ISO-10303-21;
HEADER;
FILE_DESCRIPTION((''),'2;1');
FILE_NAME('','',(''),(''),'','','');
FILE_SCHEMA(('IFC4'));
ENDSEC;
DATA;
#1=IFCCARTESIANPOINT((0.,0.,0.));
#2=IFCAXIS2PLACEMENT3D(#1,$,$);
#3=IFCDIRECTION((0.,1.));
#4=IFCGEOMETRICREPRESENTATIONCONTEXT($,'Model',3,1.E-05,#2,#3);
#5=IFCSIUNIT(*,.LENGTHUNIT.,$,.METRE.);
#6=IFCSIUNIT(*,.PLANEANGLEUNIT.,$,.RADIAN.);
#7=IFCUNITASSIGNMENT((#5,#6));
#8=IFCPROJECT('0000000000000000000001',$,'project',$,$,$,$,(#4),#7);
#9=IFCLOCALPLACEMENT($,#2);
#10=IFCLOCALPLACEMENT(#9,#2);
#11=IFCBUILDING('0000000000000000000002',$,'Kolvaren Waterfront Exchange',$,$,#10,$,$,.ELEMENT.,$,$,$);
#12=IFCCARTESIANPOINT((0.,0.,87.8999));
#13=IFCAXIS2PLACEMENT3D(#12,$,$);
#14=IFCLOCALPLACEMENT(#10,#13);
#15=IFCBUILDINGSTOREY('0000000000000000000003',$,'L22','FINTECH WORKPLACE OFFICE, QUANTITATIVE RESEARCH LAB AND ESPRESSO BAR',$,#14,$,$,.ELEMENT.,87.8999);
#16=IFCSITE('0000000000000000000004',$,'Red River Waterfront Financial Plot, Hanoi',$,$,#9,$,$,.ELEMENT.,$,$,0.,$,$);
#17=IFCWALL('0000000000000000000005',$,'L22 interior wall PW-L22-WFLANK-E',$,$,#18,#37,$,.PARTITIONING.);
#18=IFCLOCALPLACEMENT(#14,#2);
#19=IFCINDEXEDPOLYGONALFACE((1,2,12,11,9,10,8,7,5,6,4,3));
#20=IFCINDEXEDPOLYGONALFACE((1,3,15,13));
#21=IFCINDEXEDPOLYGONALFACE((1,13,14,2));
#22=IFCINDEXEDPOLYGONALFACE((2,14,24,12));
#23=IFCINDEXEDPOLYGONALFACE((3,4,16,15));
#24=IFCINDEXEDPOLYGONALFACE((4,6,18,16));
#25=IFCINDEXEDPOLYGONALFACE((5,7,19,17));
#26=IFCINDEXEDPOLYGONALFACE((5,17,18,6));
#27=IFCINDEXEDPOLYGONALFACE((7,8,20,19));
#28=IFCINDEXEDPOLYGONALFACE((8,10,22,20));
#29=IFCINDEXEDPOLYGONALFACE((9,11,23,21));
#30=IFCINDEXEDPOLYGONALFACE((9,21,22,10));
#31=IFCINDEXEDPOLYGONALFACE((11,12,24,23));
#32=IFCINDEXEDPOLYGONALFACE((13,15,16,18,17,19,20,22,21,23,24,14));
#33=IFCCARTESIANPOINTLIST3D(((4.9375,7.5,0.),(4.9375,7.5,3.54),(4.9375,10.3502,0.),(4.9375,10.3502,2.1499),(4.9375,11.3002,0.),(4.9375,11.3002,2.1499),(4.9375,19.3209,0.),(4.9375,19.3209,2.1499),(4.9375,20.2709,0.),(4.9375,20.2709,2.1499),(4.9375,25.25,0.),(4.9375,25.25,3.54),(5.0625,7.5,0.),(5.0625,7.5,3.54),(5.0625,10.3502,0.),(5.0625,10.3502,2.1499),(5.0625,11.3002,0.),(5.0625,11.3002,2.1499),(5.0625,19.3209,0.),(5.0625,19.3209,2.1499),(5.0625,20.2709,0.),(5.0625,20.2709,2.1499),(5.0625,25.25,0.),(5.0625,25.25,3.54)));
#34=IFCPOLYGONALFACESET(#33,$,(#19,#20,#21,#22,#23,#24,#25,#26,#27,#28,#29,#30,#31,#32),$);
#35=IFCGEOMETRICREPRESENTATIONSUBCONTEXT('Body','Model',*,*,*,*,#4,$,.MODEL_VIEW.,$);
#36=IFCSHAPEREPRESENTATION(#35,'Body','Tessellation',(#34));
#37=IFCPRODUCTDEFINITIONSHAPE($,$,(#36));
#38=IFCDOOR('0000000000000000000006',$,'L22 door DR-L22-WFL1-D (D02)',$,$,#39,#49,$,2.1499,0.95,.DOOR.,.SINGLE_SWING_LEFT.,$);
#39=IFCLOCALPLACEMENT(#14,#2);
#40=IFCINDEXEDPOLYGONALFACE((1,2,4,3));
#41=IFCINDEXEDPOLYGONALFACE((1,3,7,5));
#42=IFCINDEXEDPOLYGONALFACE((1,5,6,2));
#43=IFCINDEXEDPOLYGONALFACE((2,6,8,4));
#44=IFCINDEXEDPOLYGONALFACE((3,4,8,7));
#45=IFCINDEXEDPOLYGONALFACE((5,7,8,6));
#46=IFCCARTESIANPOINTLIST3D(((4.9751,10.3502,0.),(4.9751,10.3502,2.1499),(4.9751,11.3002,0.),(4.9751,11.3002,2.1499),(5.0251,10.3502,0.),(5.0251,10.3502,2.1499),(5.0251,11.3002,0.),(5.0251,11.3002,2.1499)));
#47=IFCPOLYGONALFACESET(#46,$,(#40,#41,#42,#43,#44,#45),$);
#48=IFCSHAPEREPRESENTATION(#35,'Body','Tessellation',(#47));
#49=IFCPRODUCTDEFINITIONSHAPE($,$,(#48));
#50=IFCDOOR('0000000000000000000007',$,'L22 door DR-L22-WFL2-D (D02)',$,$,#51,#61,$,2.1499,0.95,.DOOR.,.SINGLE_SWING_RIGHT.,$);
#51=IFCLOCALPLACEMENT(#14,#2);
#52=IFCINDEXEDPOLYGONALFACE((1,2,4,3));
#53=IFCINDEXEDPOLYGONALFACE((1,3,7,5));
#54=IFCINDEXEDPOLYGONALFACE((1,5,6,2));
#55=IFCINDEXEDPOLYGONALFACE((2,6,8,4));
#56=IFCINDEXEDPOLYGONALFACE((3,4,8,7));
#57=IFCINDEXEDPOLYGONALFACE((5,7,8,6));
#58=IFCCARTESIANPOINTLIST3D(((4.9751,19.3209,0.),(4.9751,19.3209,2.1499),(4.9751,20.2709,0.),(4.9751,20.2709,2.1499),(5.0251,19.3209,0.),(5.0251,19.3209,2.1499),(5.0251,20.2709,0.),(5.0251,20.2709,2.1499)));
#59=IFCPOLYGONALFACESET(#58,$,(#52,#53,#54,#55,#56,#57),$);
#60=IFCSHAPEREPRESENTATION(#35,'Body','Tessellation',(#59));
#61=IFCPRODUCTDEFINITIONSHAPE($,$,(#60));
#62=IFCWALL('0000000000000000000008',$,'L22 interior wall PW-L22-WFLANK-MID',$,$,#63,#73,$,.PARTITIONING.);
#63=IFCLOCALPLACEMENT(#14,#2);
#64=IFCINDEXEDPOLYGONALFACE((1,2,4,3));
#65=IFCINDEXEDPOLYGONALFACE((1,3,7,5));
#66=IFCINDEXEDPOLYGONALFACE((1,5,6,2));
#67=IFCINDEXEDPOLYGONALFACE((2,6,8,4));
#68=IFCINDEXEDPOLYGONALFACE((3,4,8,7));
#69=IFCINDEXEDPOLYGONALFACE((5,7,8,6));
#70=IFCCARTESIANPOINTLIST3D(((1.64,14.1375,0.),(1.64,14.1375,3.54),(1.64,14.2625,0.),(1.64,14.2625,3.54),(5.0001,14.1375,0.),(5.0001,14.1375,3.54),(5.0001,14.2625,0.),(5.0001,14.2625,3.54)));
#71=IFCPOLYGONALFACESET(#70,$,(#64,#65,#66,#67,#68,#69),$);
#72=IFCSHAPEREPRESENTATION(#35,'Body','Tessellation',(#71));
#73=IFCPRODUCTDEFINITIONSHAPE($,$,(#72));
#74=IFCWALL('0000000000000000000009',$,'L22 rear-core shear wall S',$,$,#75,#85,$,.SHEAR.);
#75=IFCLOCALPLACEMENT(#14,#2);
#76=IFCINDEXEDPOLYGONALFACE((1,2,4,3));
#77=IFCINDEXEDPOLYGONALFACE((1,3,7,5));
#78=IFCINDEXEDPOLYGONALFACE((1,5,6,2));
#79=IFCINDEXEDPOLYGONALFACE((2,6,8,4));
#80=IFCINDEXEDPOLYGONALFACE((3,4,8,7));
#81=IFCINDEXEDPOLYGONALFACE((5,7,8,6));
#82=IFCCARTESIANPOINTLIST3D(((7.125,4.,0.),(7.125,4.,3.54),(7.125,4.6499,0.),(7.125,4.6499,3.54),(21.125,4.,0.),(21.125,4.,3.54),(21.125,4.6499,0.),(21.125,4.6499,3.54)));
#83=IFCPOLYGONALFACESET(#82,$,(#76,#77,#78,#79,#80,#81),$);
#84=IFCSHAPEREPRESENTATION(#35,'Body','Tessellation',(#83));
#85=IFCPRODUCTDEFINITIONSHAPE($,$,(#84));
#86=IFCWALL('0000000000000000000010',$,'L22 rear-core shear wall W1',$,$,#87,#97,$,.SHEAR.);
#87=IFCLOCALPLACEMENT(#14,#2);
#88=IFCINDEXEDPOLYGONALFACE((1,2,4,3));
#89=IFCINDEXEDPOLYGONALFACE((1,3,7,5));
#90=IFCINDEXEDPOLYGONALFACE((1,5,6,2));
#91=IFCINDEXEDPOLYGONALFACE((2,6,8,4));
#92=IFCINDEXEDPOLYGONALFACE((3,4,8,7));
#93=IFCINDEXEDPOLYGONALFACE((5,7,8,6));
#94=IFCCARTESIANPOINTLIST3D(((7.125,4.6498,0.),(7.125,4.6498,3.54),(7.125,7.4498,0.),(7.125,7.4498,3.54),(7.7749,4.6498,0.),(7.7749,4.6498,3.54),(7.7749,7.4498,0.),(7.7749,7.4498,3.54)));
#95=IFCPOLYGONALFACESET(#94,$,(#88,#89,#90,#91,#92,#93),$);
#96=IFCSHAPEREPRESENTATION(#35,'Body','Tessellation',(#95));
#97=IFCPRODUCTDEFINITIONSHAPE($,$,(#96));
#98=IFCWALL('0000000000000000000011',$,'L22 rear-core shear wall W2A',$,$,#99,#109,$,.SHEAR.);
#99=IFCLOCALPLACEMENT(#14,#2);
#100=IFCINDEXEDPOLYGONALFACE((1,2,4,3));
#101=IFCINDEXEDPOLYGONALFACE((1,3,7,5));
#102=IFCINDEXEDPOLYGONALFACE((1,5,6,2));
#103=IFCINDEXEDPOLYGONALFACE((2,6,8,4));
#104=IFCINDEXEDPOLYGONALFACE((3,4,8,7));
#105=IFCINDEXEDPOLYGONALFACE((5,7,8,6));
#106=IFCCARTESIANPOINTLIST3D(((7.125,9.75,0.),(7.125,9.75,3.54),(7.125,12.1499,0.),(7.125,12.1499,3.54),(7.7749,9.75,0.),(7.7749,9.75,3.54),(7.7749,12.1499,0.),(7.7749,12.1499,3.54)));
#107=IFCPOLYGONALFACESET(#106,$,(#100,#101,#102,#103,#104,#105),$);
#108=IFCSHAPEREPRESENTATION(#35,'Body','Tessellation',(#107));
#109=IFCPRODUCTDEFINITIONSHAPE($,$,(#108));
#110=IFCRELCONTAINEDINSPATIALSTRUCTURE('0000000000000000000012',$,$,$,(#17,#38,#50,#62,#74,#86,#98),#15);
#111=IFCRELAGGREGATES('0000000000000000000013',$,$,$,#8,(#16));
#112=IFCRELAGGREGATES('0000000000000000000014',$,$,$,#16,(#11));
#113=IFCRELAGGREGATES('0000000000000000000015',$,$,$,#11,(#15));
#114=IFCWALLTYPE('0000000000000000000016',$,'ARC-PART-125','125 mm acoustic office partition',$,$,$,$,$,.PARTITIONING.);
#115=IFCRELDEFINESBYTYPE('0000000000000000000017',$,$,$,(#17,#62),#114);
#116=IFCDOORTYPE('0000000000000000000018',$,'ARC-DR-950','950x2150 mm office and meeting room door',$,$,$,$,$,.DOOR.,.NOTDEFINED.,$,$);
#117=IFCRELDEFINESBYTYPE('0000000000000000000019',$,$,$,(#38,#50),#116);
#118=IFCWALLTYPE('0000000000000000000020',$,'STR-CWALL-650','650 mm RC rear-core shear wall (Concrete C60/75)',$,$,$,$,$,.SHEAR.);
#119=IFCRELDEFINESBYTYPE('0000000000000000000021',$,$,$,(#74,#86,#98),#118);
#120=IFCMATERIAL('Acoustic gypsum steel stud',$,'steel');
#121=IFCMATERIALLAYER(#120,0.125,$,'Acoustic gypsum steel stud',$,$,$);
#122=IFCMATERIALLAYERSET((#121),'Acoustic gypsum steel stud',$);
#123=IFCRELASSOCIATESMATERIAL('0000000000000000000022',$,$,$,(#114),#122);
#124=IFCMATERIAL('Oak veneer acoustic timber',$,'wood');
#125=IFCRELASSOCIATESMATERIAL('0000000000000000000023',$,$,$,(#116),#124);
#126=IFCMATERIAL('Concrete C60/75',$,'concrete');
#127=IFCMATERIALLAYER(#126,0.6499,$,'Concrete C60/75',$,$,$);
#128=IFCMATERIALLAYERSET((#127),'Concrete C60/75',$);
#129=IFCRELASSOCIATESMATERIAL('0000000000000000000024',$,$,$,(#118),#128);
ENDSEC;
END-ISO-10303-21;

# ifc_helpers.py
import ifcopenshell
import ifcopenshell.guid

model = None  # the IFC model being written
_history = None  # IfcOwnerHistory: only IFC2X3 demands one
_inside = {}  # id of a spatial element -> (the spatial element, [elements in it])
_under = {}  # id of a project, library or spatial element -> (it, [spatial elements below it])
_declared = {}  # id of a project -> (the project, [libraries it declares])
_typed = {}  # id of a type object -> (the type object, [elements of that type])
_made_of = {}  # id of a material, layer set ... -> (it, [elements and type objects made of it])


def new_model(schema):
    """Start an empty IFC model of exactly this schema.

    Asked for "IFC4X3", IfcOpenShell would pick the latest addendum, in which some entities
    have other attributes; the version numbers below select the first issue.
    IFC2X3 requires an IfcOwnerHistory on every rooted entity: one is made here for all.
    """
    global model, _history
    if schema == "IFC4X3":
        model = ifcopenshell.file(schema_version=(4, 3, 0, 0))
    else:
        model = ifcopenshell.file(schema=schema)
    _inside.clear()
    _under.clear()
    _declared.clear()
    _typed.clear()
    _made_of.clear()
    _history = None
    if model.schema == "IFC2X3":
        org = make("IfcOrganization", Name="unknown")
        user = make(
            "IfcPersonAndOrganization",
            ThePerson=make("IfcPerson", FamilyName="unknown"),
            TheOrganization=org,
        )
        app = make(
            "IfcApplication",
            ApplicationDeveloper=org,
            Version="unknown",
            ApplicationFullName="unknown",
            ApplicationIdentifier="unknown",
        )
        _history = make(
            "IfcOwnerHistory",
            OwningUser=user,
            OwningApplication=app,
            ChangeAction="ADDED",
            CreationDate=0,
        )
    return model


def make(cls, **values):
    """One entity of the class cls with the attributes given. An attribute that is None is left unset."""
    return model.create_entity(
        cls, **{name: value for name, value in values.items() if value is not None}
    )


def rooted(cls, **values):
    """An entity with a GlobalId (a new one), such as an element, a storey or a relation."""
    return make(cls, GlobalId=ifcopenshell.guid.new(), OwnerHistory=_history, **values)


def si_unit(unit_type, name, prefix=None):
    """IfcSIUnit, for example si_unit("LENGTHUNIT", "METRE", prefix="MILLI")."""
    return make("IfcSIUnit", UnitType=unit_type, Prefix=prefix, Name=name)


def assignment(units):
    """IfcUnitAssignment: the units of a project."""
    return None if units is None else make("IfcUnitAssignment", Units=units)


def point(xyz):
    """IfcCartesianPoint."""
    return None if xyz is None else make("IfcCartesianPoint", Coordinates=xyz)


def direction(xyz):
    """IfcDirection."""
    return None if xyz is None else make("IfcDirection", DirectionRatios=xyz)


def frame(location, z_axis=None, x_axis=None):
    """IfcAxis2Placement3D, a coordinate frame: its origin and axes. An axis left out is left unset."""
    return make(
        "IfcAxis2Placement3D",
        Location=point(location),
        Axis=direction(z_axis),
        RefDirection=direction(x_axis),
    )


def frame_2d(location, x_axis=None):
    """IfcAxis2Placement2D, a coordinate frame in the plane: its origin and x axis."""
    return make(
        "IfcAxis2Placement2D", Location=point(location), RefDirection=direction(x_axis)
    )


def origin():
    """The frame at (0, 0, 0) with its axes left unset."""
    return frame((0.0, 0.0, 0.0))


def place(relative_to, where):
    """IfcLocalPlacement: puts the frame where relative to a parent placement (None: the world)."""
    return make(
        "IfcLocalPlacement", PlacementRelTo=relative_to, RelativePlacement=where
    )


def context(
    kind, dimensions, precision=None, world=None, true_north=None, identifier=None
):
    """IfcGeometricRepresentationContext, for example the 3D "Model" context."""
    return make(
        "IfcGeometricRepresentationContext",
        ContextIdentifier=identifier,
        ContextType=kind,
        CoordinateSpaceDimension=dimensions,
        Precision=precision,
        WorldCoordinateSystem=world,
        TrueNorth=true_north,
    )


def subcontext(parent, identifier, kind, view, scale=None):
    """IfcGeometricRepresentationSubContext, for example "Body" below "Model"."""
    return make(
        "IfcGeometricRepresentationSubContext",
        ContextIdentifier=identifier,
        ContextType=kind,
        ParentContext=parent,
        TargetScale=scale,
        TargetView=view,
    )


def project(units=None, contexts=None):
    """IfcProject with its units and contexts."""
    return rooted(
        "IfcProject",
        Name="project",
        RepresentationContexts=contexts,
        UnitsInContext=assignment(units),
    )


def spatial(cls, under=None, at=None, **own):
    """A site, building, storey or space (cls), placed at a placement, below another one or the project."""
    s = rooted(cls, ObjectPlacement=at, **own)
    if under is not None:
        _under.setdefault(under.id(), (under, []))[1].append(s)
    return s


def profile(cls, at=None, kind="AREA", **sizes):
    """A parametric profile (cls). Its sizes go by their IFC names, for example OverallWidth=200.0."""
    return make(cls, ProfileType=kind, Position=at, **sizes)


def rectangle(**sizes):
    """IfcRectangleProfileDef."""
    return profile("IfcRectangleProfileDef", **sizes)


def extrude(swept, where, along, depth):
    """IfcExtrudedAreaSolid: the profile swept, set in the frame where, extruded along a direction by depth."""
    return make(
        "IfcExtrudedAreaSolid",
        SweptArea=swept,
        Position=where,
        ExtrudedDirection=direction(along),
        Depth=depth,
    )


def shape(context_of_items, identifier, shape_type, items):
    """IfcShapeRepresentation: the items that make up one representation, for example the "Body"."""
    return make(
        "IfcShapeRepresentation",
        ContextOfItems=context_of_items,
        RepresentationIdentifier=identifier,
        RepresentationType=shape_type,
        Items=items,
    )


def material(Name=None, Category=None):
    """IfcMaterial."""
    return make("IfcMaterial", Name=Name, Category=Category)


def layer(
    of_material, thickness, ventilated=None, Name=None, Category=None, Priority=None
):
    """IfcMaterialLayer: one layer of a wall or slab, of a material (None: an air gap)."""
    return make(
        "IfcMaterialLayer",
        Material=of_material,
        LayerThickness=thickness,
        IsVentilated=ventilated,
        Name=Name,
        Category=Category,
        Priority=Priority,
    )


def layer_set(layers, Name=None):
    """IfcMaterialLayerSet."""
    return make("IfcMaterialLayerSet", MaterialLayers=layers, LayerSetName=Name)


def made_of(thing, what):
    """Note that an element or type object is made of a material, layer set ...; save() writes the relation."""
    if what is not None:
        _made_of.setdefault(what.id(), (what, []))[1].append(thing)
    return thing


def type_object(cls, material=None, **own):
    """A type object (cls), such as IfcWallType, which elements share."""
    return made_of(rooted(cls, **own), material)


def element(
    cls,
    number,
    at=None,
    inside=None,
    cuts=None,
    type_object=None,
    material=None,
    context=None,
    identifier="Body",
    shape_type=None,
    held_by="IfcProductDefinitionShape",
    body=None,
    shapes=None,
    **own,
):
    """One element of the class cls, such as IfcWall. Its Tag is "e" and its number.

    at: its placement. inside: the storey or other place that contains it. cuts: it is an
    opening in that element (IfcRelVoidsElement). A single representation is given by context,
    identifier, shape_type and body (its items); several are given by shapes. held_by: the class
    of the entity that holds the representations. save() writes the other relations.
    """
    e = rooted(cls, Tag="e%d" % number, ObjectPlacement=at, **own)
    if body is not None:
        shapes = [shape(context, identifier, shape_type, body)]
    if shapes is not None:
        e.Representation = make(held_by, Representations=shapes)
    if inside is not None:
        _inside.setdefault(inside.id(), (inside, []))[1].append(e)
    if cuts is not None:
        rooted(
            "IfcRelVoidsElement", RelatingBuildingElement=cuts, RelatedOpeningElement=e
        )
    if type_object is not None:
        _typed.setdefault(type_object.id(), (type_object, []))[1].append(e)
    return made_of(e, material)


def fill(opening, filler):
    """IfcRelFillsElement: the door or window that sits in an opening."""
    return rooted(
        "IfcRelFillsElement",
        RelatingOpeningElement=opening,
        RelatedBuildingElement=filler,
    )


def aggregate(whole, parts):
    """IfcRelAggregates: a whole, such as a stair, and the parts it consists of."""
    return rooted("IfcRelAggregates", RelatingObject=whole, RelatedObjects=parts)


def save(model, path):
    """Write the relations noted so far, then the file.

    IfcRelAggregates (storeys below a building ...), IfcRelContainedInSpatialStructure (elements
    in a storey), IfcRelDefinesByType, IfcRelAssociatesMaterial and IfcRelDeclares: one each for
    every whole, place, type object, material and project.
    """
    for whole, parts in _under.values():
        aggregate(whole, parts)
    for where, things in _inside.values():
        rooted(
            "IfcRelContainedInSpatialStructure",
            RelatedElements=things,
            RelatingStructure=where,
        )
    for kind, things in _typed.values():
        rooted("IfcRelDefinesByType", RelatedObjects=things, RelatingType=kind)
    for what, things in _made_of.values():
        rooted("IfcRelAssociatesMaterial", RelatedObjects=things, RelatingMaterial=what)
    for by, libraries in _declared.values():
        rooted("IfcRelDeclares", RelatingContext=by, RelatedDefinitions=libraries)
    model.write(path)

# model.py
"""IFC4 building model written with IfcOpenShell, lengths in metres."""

from ifc_helpers import new_model, si_unit, direction, frame, frame_2d, origin, place, context, subcontext, project, spatial, rectangle, extrude, material, layer, layer_set, type_object, element, fill, save


model = new_model("IFC4")

# Units and contexts
model_context = context("Model", 3, precision=1e-05, world=origin(), true_north=direction((0.0, 1.0)))
body_context = subcontext(model_context, "Body", "Model", "MODEL_VIEW")
ifc_project = project(units=[si_unit("LENGTHUNIT", "METRE"), si_unit("PLANEANGLEUNIT", "RADIAN")], contexts=[model_context])

# Site, building, storey
site_placement = place(None, origin())
site = spatial("IfcSite", under=ifc_project, at=site_placement, Name="Red River Waterfront Financial Plot, Hanoi", CompositionType="ELEMENT", RefElevation=0.0)
building_placement = place(site_placement, origin())
building = spatial("IfcBuilding", under=site, at=building_placement, Name="Kolvaren Waterfront Exchange", CompositionType="ELEMENT")
storey_placement = place(building_placement, frame((0.0, 0.0, 87.8999)))
storey = spatial("IfcBuildingStorey", under=building, at=storey_placement, Name="L22", Description="FINTECH WORKPLACE OFFICE, QUANTITATIVE RESEARCH LAB AND ESPRESSO BAR", CompositionType="ELEMENT", Elevation=87.8999)

# Shared definitions
ifc_material_1 = material(Name="Concrete C60/75", Category="concrete")

# Shared definitions
ifc_material_2 = material(Name="Acoustic gypsum steel stud", Category="steel")
ifc_layer_1 = layer(ifc_material_2, 0.125, Name="Acoustic gypsum steel stud")
ifc_layer_set_1 = layer_set([ifc_layer_1], Name="Acoustic gypsum steel stud")
wall_type_1 = type_object("IfcWallType", Name="ARC-PART-125", Description="125 mm acoustic office partition", PredefinedType="PARTITIONING", material=ifc_layer_set_1)

# Wall, openings, doors
wall_1_placement = place(storey_placement, frame((5.0, 7.5, 0.0), z_axis=(0.0, 0.0, 1.0), x_axis=(0.0, 1.0, 0.0)))
wall_1 = element("IfcWall", 1, at=wall_1_placement, inside=storey, type_object=wall_type_1, Name="L22 interior wall PW-L22-WFLANK-E", PredefinedType="PARTITIONING", context=body_context, shape_type="SweptSolid", body=[
    extrude(rectangle(XDim=17.75, YDim=0.125, at=frame_2d((8.875, 0.0))), origin(), (0.0, 0.0, 1.0), 3.54),
])
opening_1_placement = place(wall_1_placement, frame((2.8501, 0.0, 0.0)))
opening_1 = element("IfcOpeningElement", 2, at=opening_1_placement, cuts=wall_1, PredefinedType="OPENING", context=body_context, shape_type="SweptSolid", body=[
    extrude(rectangle(XDim=0.95, YDim=2.1499, at=frame_2d((0.4751, 1.075))), frame((0.0, 0.0725, 0.0), z_axis=(0.0, -1.0, 0.0), x_axis=(1.0, 0.0, 0.0)), (0.0, 0.0, 1.0), 0.145),
])
opening_2_placement = place(wall_1_placement, frame((11.8208, 0.0, 0.0)))
opening_2 = element("IfcOpeningElement", 3, at=opening_2_placement, cuts=wall_1, PredefinedType="OPENING", context=body_context, shape_type="SweptSolid", body=[
    extrude(rectangle(XDim=0.95, YDim=2.1499, at=frame_2d((0.4751, 1.075))), frame((0.0, 0.0725, 0.0), z_axis=(0.0, -1.0, 0.0), x_axis=(1.0, 0.0, 0.0)), (0.0, 0.0, 1.0), 0.145),
])
ifc_material_3 = material(Name="Oak veneer acoustic timber", Category="wood")
door_type_1 = type_object("IfcDoorType", Name="ARC-DR-950", Description="950x2150 mm office and meeting room door", OperationType="NOTDEFINED", PredefinedType="DOOR", material=ifc_material_3)
door_1_placement = place(opening_1_placement, origin())
door_1 = element("IfcDoor", 4, at=door_1_placement, inside=storey, type_object=door_type_1, Name="L22 door DR-L22-WFL1-D (D02)", OperationType="SINGLE_SWING_LEFT", OverallHeight=2.1499, OverallWidth=0.95, PredefinedType="DOOR", context=body_context, shape_type="SweptSolid", body=[
    extrude(rectangle(XDim=0.95, YDim=2.1499, at=frame_2d((0.4751, 1.075))), frame((0.0, 0.0249, 0.0), z_axis=(0.0, -1.0, 0.0), x_axis=(1.0, 0.0, 0.0)), (0.0, 0.0, 1.0), 0.05),
])
fill(opening_1, door_1)
door_2_placement = place(opening_2_placement, origin())
door_2 = element("IfcDoor", 5, at=door_2_placement, inside=storey, type_object=door_type_1, Name="L22 door DR-L22-WFL2-D (D02)", OperationType="SINGLE_SWING_RIGHT", OverallHeight=2.1499, OverallWidth=0.95, PredefinedType="DOOR", context=body_context, shape_type="SweptSolid", body=[
    extrude(rectangle(XDim=0.95, YDim=2.1499, at=frame_2d((0.4751, 1.075))), frame((0.0, 0.0249, 0.0), z_axis=(0.0, -1.0, 0.0), x_axis=(1.0, 0.0, 0.0)), (0.0, 0.0, 1.0), 0.05),
])
fill(opening_2, door_2)

# Walls
wall_2_placement = place(storey_placement, frame((1.6399, 14.2, 0.0), z_axis=(0.0, 0.0, 1.0), x_axis=(1.0, 0.0, 0.0)))
element("IfcWall", 6, at=wall_2_placement, inside=storey, type_object=wall_type_1, Name="L22 interior wall PW-L22-WFLANK-MID", PredefinedType="PARTITIONING", context=body_context, shape_type="SweptSolid", body=[
    extrude(rectangle(XDim=3.3601, YDim=0.125, at=frame_2d((1.6802, 0.0))), origin(), (0.0, 0.0, 1.0), 3.54),
])
ifc_layer_2 = layer(ifc_material_1, 0.6499, Name="Concrete C60/75")
ifc_layer_set_2 = layer_set([ifc_layer_2], Name="Concrete C60/75")
wall_type_2 = type_object("IfcWallType", Name="STR-CWALL-650", Description="650 mm RC rear-core shear wall (Concrete C60/75)", PredefinedType="SHEAR", material=ifc_layer_set_2)
wall_3_placement = place(storey_placement, frame((7.125, 4.325, 0.0), z_axis=(0.0, 0.0, 1.0), x_axis=(1.0, 0.0, 0.0)))
element("IfcWall", 7, at=wall_3_placement, inside=storey, type_object=wall_type_2, Name="L22 rear-core shear wall S", PredefinedType="SHEAR", context=body_context, shape_type="SweptSolid", body=[
    extrude(rectangle(XDim=14.0, YDim=0.6499, at=frame_2d((7.0, 0.0))), origin(), (0.0, 0.0, 1.0), 3.54),
])
wall_4_placement = place(storey_placement, frame((7.45, 4.6499, 0.0), z_axis=(0.0, 0.0, 1.0), x_axis=(0.0, 1.0, 0.0)))
element("IfcWall", 8, at=wall_4_placement, inside=storey, type_object=wall_type_2, Name="L22 rear-core shear wall W1", PredefinedType="SHEAR", context=body_context, shape_type="SweptSolid", body=[
    extrude(rectangle(XDim=2.8, YDim=0.6499, at=frame_2d((1.3999, 0.0))), origin(), (0.0, 0.0, 1.0), 3.54),
])
wall_5_placement = place(storey_placement, frame((7.45, 9.75, 0.0), z_axis=(0.0, 0.0, 1.0), x_axis=(0.0, 1.0, 0.0)))
element("IfcWall", 9, at=wall_5_placement, inside=storey, type_object=wall_type_2, Name="L22 rear-core shear wall W2A", PredefinedType="SHEAR", context=body_context, shape_type="SweptSolid", body=[
    extrude(rectangle(XDim=2.3999, YDim=0.6499, at=frame_2d((1.2, 0.0))), origin(), (0.0, 0.0, 1.0), 3.54),
])

save(model, "model.ifc")
